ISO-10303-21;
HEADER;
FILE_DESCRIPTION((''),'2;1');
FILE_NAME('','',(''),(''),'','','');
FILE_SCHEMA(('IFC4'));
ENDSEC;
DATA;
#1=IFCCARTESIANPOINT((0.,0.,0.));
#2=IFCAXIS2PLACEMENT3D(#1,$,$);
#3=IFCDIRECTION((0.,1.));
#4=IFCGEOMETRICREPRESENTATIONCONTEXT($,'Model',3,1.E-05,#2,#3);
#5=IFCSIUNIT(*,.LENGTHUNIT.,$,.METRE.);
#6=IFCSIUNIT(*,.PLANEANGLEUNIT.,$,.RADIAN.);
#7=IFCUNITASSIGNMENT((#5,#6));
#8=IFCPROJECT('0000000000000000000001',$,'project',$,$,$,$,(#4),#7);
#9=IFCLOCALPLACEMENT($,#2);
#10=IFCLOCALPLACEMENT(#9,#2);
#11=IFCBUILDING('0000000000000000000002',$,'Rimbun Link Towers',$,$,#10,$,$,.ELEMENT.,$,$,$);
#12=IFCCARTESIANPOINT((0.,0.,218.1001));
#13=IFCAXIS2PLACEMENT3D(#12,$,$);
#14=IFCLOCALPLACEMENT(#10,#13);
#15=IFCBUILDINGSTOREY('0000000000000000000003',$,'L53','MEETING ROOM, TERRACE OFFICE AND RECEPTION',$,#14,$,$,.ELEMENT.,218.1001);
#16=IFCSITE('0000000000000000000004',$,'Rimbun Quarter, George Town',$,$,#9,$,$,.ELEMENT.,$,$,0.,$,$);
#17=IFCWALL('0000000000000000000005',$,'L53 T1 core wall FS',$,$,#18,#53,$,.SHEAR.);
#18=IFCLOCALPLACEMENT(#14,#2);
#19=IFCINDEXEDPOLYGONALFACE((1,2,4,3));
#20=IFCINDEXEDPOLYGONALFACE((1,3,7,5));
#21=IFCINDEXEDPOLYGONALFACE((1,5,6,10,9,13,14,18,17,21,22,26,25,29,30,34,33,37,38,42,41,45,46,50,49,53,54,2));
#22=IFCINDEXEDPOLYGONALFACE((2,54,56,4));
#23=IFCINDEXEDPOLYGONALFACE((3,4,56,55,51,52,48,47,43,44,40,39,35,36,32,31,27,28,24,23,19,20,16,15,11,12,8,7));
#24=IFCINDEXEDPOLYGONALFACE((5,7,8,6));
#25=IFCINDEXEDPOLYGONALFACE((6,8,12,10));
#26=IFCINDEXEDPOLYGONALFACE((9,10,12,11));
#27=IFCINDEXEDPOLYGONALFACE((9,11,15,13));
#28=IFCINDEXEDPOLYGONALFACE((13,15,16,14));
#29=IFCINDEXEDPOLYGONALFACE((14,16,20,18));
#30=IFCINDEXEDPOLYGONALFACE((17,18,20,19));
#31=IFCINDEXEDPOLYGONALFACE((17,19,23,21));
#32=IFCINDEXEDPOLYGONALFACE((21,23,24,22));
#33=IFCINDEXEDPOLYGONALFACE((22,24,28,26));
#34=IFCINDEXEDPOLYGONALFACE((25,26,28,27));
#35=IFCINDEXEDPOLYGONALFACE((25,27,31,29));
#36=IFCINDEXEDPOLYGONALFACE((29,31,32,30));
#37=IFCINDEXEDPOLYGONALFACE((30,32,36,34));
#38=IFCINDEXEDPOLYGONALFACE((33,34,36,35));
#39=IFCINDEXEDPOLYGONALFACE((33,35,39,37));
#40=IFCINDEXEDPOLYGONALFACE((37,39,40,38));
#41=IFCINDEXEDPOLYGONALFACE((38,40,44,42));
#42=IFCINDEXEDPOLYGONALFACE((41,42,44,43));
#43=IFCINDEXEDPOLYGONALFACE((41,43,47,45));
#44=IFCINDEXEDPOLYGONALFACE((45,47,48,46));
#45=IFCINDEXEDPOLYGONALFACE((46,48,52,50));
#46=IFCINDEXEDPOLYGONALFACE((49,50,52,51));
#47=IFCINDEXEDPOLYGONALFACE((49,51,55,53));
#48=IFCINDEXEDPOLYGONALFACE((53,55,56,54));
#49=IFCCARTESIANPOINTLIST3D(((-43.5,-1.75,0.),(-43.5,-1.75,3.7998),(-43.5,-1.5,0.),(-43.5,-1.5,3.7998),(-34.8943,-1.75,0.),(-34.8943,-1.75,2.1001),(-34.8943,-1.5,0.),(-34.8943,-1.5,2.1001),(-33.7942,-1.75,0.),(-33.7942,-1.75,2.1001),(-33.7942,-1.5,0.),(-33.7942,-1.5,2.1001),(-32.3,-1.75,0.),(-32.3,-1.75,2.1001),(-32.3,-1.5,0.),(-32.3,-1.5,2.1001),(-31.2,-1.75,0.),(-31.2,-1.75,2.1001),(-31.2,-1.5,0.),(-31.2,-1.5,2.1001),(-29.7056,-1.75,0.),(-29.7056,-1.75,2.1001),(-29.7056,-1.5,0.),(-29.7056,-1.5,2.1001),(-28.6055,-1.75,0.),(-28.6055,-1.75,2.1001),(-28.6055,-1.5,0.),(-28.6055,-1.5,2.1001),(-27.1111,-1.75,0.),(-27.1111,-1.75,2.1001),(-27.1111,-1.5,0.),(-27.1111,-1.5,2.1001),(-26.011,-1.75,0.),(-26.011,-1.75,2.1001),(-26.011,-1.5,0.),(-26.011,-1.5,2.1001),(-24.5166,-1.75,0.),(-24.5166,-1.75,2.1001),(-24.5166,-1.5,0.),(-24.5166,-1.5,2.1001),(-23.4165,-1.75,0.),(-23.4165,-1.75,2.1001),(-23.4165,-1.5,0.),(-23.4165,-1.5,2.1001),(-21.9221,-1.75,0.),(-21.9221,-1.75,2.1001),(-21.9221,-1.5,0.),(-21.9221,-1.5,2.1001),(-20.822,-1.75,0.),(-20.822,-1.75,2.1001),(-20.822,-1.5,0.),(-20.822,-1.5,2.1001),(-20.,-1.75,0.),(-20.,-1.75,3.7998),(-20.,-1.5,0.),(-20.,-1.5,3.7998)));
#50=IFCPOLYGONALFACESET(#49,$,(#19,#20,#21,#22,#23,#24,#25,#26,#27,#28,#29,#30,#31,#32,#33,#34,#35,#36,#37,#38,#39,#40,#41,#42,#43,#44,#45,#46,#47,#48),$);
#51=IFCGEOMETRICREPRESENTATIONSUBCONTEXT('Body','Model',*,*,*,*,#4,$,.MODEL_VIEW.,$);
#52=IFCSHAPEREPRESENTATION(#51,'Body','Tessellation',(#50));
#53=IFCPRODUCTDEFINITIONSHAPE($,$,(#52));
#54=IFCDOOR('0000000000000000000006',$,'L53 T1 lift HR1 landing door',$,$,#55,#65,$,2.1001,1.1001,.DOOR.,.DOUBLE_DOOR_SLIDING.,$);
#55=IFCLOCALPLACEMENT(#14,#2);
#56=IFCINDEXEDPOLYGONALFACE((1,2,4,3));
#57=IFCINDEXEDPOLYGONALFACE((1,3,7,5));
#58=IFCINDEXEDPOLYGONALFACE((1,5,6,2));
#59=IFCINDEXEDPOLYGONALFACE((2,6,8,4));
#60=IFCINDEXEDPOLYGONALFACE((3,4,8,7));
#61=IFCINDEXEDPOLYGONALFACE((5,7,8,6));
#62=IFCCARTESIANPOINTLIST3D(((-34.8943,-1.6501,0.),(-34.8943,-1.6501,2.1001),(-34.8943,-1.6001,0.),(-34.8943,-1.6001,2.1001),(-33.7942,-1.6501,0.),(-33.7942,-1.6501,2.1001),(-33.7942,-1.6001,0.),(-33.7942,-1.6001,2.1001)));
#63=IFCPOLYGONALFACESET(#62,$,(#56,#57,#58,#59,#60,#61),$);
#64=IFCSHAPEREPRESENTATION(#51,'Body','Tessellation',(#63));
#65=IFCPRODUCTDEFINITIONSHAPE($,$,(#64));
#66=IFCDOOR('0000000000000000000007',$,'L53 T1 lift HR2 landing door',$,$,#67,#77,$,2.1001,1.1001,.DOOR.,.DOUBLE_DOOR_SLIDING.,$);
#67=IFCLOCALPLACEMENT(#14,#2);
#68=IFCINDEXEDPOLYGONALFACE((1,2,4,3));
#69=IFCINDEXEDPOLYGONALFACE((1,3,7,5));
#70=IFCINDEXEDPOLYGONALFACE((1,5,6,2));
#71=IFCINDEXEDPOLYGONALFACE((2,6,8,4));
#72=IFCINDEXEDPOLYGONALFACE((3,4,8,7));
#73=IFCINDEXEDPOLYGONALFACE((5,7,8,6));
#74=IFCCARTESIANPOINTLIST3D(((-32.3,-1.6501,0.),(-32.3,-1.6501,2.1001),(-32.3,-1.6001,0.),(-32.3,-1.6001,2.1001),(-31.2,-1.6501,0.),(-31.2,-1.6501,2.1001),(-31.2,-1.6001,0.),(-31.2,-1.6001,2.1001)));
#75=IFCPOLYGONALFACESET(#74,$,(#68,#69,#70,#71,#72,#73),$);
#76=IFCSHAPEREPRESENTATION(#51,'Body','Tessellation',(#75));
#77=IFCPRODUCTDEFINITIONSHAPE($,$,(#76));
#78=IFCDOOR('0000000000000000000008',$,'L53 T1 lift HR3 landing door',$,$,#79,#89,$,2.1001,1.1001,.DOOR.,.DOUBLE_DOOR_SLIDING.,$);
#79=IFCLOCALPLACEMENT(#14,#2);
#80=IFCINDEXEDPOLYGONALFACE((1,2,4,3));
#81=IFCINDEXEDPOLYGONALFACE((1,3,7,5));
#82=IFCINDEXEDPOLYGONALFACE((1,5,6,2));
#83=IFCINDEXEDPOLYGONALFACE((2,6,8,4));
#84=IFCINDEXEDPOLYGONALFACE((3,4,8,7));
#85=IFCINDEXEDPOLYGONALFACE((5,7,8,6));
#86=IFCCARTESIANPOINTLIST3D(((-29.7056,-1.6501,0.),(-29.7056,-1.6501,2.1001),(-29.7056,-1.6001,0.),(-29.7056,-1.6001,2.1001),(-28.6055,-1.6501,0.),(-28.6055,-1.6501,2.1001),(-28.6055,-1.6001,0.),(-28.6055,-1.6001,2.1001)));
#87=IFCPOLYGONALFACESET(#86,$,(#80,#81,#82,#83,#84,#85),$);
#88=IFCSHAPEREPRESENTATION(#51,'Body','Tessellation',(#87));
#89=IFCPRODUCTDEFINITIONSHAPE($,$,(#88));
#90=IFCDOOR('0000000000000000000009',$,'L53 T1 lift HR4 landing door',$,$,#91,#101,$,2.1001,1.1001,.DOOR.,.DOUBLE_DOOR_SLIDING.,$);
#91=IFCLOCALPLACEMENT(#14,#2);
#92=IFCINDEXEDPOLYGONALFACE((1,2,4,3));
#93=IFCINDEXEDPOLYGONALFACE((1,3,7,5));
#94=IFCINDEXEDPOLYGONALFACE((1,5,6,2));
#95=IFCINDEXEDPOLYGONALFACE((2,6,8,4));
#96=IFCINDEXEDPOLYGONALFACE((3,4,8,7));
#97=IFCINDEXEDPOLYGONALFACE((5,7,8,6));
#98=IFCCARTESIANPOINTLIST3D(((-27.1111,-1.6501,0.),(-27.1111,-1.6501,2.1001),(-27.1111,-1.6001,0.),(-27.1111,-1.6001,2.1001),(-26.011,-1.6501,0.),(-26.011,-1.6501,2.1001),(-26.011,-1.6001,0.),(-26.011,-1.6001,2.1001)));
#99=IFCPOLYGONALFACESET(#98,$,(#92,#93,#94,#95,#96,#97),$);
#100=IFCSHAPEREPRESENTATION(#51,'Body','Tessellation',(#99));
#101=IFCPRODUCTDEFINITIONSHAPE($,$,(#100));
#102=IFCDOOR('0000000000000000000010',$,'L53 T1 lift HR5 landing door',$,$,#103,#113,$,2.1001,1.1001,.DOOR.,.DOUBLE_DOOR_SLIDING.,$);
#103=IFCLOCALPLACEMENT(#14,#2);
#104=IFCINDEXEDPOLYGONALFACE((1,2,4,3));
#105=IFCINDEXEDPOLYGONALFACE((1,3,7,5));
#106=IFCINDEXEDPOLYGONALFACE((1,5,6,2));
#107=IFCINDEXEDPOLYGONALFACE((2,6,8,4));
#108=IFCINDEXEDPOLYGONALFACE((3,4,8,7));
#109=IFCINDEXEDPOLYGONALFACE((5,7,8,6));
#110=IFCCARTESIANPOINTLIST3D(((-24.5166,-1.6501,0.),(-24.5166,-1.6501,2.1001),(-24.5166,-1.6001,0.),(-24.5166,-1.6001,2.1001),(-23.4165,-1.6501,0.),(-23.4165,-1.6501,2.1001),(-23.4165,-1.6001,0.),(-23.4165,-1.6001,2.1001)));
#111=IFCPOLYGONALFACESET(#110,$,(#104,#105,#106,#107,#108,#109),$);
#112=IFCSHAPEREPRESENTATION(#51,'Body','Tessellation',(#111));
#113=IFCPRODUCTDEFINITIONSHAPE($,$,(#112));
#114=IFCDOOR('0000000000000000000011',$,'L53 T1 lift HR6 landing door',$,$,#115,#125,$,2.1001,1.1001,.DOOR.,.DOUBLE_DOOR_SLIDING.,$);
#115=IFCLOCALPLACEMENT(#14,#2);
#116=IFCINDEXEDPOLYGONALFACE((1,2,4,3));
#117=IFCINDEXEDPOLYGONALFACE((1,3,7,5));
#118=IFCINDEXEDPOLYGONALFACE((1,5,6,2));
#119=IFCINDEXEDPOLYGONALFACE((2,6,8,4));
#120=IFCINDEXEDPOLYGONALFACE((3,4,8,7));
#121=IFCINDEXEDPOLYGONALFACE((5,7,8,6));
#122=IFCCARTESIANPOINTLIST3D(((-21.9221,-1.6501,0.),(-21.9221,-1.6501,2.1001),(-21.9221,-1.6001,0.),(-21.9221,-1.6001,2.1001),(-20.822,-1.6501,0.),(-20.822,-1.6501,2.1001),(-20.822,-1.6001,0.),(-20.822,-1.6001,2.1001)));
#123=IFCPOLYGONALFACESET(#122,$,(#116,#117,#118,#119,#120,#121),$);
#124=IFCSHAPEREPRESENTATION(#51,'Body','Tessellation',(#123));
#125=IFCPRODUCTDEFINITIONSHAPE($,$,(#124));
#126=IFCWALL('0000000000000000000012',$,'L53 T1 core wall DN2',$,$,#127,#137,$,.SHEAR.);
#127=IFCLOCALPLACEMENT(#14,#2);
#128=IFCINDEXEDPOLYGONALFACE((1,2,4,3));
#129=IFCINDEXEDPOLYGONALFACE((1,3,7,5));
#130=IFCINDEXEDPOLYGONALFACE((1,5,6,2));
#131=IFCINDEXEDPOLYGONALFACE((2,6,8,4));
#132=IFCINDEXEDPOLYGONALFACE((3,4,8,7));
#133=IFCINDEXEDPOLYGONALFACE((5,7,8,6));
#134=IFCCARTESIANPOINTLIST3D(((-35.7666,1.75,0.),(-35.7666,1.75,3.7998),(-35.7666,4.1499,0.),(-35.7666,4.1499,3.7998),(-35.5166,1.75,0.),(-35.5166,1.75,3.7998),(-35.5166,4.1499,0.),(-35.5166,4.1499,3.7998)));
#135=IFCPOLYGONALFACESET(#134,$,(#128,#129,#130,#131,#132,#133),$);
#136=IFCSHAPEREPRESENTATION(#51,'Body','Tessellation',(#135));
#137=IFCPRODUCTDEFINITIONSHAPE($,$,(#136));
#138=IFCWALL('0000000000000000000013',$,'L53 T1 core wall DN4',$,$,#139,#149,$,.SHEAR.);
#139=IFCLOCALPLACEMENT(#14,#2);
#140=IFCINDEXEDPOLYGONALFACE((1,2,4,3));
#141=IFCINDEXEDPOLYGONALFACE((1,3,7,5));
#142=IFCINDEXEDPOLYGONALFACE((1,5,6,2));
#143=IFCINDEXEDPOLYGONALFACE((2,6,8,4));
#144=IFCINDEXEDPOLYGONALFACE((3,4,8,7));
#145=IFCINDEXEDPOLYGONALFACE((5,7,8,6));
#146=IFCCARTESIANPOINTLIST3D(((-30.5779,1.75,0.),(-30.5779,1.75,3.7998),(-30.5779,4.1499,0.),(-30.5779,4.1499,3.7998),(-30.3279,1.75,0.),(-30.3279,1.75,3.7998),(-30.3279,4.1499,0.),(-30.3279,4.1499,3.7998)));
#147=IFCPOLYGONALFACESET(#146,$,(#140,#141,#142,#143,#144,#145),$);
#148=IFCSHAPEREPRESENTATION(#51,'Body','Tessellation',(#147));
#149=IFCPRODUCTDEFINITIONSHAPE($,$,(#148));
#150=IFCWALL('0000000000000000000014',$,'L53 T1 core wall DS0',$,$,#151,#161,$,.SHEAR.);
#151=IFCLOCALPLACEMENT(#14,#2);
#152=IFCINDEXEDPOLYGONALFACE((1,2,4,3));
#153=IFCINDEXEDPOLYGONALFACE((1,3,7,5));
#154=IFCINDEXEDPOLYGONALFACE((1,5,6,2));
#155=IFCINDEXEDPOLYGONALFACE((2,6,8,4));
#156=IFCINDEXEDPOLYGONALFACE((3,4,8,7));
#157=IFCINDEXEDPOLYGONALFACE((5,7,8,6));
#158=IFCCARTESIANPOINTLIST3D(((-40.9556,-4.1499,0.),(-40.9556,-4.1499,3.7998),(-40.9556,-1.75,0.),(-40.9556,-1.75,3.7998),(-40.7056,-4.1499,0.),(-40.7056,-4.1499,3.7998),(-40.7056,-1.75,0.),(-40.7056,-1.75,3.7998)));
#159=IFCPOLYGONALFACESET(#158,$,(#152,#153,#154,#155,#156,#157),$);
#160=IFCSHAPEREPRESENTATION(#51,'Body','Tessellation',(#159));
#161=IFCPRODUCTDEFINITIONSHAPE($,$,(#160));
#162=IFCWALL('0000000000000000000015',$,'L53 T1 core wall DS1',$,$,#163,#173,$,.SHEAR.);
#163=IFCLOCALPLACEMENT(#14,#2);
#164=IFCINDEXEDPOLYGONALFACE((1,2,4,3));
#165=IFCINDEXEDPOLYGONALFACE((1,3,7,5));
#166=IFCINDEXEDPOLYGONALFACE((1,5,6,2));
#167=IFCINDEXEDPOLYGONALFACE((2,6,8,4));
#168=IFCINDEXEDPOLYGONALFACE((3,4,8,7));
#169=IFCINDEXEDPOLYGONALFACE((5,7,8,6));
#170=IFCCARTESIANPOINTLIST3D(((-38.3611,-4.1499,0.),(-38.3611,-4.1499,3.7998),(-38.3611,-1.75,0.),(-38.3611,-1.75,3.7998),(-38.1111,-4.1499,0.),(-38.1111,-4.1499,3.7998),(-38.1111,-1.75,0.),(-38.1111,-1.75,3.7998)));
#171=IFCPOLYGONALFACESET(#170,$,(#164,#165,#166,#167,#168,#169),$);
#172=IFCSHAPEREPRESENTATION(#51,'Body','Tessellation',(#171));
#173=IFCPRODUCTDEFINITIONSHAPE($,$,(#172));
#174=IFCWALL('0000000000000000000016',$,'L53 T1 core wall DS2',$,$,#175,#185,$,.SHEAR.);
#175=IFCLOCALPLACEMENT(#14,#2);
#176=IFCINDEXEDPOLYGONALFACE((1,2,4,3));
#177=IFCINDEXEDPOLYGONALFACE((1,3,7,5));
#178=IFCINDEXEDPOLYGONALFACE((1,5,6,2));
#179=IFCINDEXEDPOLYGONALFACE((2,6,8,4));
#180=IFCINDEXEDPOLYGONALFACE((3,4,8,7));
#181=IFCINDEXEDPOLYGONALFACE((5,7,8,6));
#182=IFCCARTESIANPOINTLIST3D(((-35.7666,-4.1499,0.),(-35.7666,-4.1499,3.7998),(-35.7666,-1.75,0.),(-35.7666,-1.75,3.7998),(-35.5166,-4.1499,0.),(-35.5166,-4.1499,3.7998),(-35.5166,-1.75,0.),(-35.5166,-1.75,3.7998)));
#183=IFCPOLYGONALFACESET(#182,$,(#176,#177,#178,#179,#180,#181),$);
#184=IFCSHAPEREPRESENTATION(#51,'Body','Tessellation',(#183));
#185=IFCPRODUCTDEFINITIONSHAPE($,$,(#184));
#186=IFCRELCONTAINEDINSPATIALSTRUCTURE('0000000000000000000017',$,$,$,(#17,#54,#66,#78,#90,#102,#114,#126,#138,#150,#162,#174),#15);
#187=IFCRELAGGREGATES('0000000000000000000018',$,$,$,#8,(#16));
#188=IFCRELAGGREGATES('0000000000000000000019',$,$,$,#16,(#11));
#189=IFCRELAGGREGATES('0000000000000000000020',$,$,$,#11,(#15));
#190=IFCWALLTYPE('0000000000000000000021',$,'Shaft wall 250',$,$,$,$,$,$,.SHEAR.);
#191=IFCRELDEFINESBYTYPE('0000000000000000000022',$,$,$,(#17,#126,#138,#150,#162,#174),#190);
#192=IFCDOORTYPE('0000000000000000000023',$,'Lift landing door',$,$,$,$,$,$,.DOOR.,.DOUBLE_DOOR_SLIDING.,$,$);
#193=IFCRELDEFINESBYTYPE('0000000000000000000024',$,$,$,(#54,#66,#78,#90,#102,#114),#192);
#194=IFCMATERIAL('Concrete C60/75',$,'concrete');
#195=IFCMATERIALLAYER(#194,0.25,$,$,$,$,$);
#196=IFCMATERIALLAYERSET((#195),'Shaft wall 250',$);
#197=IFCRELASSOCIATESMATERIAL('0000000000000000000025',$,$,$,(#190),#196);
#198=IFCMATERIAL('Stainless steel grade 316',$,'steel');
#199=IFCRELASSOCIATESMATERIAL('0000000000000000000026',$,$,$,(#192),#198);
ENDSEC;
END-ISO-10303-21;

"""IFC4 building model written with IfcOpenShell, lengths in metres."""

from ifc_helpers import new_model, si_unit, direction, frame, frame_2d, origin, place, context, subcontext, project, spatial, rectangle, extrude, material, layer, layer_set, type_object, element, fill, save


model = new_model("IFC4")

# Units and contexts
model_context = context("Model", 3, precision=1e-05, world=origin(), true_north=direction((0.0, 1.0)))
body_context = subcontext(model_context, "Body", "Model", "MODEL_VIEW")
ifc_project = project(units=[si_unit("LENGTHUNIT", "METRE"), si_unit("PLANEANGLEUNIT", "RADIAN")], contexts=[model_context])

# Site, building, storey
site_placement = place(None, origin())
site = spatial("IfcSite", under=ifc_project, at=site_placement, Name="Rimbun Quarter, George Town", CompositionType="ELEMENT", RefElevation=0.0)
building_placement = place(site_placement, origin())
building = spatial("IfcBuilding", under=site, at=building_placement, Name="Rimbun Link Towers", CompositionType="ELEMENT")
storey_placement = place(building_placement, frame((0.0, 0.0, 218.1001)))
storey = spatial("IfcBuildingStorey", under=building, at=storey_placement, Name="L53", Description="MEETING ROOM, TERRACE OFFICE AND RECEPTION", CompositionType="ELEMENT", Elevation=218.1001)

# Shared definitions
ifc_material_1 = material(Name="Concrete C60/75", Category="concrete")
ifc_layer_1 = layer(ifc_material_1, 0.25)
ifc_layer_set_1 = layer_set([ifc_layer_1], Name="Shaft wall 250")
wall_type_1 = type_object("IfcWallType", Name="Shaft wall 250", PredefinedType="SHEAR", material=ifc_layer_set_1)

# Wall, openings, doors
wall_1_placement = place(storey_placement, frame((-43.5, -1.625, 0.0), z_axis=(0.0, 0.0, 1.0), x_axis=(1.0, 0.0, 0.0)))
wall_1 = element("IfcWall", 1, at=wall_1_placement, inside=storey, type_object=wall_type_1, Name="L53 T1 core wall FS", PredefinedType="SHEAR", context=body_context, shape_type="SweptSolid", body=[
    extrude(rectangle(XDim=23.5, YDim=0.25, at=frame_2d((11.75, 0.0))), origin(), (0.0, 0.0, 1.0), 3.7998),
])
opening_1_placement = place(wall_1_placement, frame((8.6057, 0.0, 0.0)))
opening_1 = element("IfcOpeningElement", 2, at=opening_1_placement, cuts=wall_1, PredefinedType="OPENING", context=body_context, shape_type="SweptSolid", body=[
    extrude(rectangle(XDim=1.1001, YDim=2.1001, at=frame_2d((0.55, 1.05))), frame((0.0, 0.135, 0.0), z_axis=(0.0, -1.0, 0.0), x_axis=(1.0, 0.0, 0.0)), (0.0, 0.0, 1.0), 0.27),
])
opening_2_placement = place(wall_1_placement, frame((11.2, 0.0, 0.0)))
opening_2 = element("IfcOpeningElement", 3, at=opening_2_placement, cuts=wall_1, PredefinedType="OPENING", context=body_context, shape_type="SweptSolid", body=[
    extrude(rectangle(XDim=1.1001, YDim=2.1001, at=frame_2d((0.55, 1.05))), frame((0.0, 0.135, 0.0), z_axis=(0.0, -1.0, 0.0), x_axis=(1.0, 0.0, 0.0)), (0.0, 0.0, 1.0), 0.27),
])
opening_3_placement = place(wall_1_placement, frame((13.7944, 0.0, 0.0)))
opening_3 = element("IfcOpeningElement", 4, at=opening_3_placement, cuts=wall_1, PredefinedType="OPENING", context=body_context, shape_type="SweptSolid", body=[
    extrude(rectangle(XDim=1.1001, YDim=2.1001, at=frame_2d((0.55, 1.05))), frame((0.0, 0.135, 0.0), z_axis=(0.0, -1.0, 0.0), x_axis=(1.0, 0.0, 0.0)), (0.0, 0.0, 1.0), 0.27),
])
opening_4_placement = place(wall_1_placement, frame((16.3889, 0.0, 0.0)))
opening_4 = element("IfcOpeningElement", 5, at=opening_4_placement, cuts=wall_1, PredefinedType="OPENING", context=body_context, shape_type="SweptSolid", body=[
    extrude(rectangle(XDim=1.1001, YDim=2.1001, at=frame_2d((0.55, 1.05))), frame((0.0, 0.135, 0.0), z_axis=(0.0, -1.0, 0.0), x_axis=(1.0, 0.0, 0.0)), (0.0, 0.0, 1.0), 0.27),
])
opening_5_placement = place(wall_1_placement, frame((18.9834, 0.0, 0.0)))
opening_5 = element("IfcOpeningElement", 6, at=opening_5_placement, cuts=wall_1, PredefinedType="OPENING", context=body_context, shape_type="SweptSolid", body=[
    extrude(rectangle(XDim=1.1001, YDim=2.1001, at=frame_2d((0.55, 1.05))), frame((0.0, 0.135, 0.0), z_axis=(0.0, -1.0, 0.0), x_axis=(1.0, 0.0, 0.0)), (0.0, 0.0, 1.0), 0.27),
])
opening_6_placement = place(wall_1_placement, frame((21.5779, 0.0, 0.0)))
opening_6 = element("IfcOpeningElement", 7, at=opening_6_placement, cuts=wall_1, PredefinedType="OPENING", context=body_context, shape_type="SweptSolid", body=[
    extrude(rectangle(XDim=1.1001, YDim=2.1001, at=frame_2d((0.55, 1.05))), frame((0.0, 0.135, 0.0), z_axis=(0.0, -1.0, 0.0), x_axis=(1.0, 0.0, 0.0)), (0.0, 0.0, 1.0), 0.27),
])
ifc_material_2 = material(Name="Stainless steel grade 316", Category="steel")
door_type_1 = type_object("IfcDoorType", Name="Lift landing door", OperationType="DOUBLE_DOOR_SLIDING", PredefinedType="DOOR", material=ifc_material_2)
door_1_placement = place(opening_1_placement, origin())
door_1 = element("IfcDoor", 8, at=door_1_placement, inside=storey, type_object=door_type_1, Name="L53 T1 lift HR1 landing door", OperationType="DOUBLE_DOOR_SLIDING", OverallHeight=2.1001, OverallWidth=1.1001, PredefinedType="DOOR", context=body_context, shape_type="SweptSolid", body=[
    extrude(rectangle(XDim=1.1001, YDim=2.1001, at=frame_2d((0.55, 1.05))), frame((0.0, 0.0249, 0.0), z_axis=(0.0, -1.0, 0.0), x_axis=(1.0, 0.0, 0.0)), (0.0, 0.0, 1.0), 0.05),
])
fill(opening_1, door_1)
door_2_placement = place(opening_2_placement, origin())
door_2 = element("IfcDoor", 9, at=door_2_placement, inside=storey, type_object=door_type_1, Name="L53 T1 lift HR2 landing door", OperationType="DOUBLE_DOOR_SLIDING", OverallHeight=2.1001, OverallWidth=1.1001, PredefinedType="DOOR", context=body_context, shape_type="SweptSolid", body=[
    extrude(rectangle(XDim=1.1001, YDim=2.1001, at=frame_2d((0.55, 1.05))), frame((0.0, 0.0249, 0.0), z_axis=(0.0, -1.0, 0.0), x_axis=(1.0, 0.0, 0.0)), (0.0, 0.0, 1.0), 0.05),
])
fill(opening_2, door_2)
door_3_placement = place(opening_3_placement, origin())
door_3 = element("IfcDoor", 10, at=door_3_placement, inside=storey, type_object=door_type_1, Name="L53 T1 lift HR3 landing door", OperationType="DOUBLE_DOOR_SLIDING", OverallHeight=2.1001, OverallWidth=1.1001, PredefinedType="DOOR", context=body_context, shape_type="SweptSolid", body=[
    extrude(rectangle(XDim=1.1001, YDim=2.1001, at=frame_2d((0.55, 1.05))), frame((0.0, 0.0249, 0.0), z_axis=(0.0, -1.0, 0.0), x_axis=(1.0, 0.0, 0.0)), (0.0, 0.0, 1.0), 0.05),
])
fill(opening_3, door_3)
door_4_placement = place(opening_4_placement, origin())
door_4 = element("IfcDoor", 11, at=door_4_placement, inside=storey, type_object=door_type_1, Name="L53 T1 lift HR4 landing door", OperationType="DOUBLE_DOOR_SLIDING", OverallHeight=2.1001, OverallWidth=1.1001, PredefinedType="DOOR", context=body_context, shape_type="SweptSolid", body=[
    extrude(rectangle(XDim=1.1001, YDim=2.1001, at=frame_2d((0.55, 1.05))), frame((0.0, 0.0249, 0.0), z_axis=(0.0, -1.0, 0.0), x_axis=(1.0, 0.0, 0.0)), (0.0, 0.0, 1.0), 0.05),
])
fill(opening_4, door_4)
door_5_placement = place(opening_5_placement, origin())
door_5 = element("IfcDoor", 12, at=door_5_placement, inside=storey, type_object=door_type_1, Name="L53 T1 lift HR5 landing door", OperationType="DOUBLE_DOOR_SLIDING", OverallHeight=2.1001, OverallWidth=1.1001, PredefinedType="DOOR", context=body_context, shape_type="SweptSolid", body=[
    extrude(rectangle(XDim=1.1001, YDim=2.1001, at=frame_2d((0.55, 1.05))), frame((0.0, 0.0249, 0.0), z_axis=(0.0, -1.0, 0.0), x_axis=(1.0, 0.0, 0.0)), (0.0, 0.0, 1.0), 0.05),
])
fill(opening_5, door_5)
door_6_placement = place(opening_6_placement, origin())
door_6 = element("IfcDoor", 13, at=door_6_placement, inside=storey, type_object=door_type_1, Name="L53 T1 lift HR6 landing door", OperationType="DOUBLE_DOOR_SLIDING", OverallHeight=2.1001, OverallWidth=1.1001, PredefinedType="DOOR", context=body_context, shape_type="SweptSolid", body=[
    extrude(rectangle(XDim=1.1001, YDim=2.1001, at=frame_2d((0.55, 1.05))), frame((0.0, 0.0249, 0.0), z_axis=(0.0, -1.0, 0.0), x_axis=(1.0, 0.0, 0.0)), (0.0, 0.0, 1.0), 0.05),
])
fill(opening_6, door_6)

# Walls
for number, where, z_axis, x_axis, name in (
    (14, (-35.6416, 1.75, 0.0), (0.0, 0.0, 1.0), (0.0, 1.0, 0.0), "L53 T1 core wall DN2"),
    (15, (-30.4529, 1.75, 0.0), (0.0, 0.0, 1.0), (0.0, 1.0, 0.0), "L53 T1 core wall DN4"),
    (16, (-40.8306, -4.1499, 0.0), (0.0, 0.0, 1.0), (0.0, 1.0, 0.0), "L53 T1 core wall DS0"),
    (17, (-38.2361, -4.1499, 0.0), (0.0, 0.0, 1.0), (0.0, 1.0, 0.0), "L53 T1 core wall DS1"),
    (18, (-35.6416, -4.1499, 0.0), (0.0, 0.0, 1.0), (0.0, 1.0, 0.0), "L53 T1 core wall DS2"),
):
    element("IfcWall", number, at=place(storey_placement, frame(where, z_axis=z_axis, x_axis=x_axis)), inside=storey, type_object=wall_type_1, Name=name, PredefinedType="SHEAR", context=body_context, shape_type="SweptSolid", body=[
        extrude(rectangle(XDim=2.3999, YDim=0.25, at=frame_2d((1.2, 0.0))), origin(), (0.0, 0.0, 1.0), 3.7998),
    ])

save(model, "model.ifc")
